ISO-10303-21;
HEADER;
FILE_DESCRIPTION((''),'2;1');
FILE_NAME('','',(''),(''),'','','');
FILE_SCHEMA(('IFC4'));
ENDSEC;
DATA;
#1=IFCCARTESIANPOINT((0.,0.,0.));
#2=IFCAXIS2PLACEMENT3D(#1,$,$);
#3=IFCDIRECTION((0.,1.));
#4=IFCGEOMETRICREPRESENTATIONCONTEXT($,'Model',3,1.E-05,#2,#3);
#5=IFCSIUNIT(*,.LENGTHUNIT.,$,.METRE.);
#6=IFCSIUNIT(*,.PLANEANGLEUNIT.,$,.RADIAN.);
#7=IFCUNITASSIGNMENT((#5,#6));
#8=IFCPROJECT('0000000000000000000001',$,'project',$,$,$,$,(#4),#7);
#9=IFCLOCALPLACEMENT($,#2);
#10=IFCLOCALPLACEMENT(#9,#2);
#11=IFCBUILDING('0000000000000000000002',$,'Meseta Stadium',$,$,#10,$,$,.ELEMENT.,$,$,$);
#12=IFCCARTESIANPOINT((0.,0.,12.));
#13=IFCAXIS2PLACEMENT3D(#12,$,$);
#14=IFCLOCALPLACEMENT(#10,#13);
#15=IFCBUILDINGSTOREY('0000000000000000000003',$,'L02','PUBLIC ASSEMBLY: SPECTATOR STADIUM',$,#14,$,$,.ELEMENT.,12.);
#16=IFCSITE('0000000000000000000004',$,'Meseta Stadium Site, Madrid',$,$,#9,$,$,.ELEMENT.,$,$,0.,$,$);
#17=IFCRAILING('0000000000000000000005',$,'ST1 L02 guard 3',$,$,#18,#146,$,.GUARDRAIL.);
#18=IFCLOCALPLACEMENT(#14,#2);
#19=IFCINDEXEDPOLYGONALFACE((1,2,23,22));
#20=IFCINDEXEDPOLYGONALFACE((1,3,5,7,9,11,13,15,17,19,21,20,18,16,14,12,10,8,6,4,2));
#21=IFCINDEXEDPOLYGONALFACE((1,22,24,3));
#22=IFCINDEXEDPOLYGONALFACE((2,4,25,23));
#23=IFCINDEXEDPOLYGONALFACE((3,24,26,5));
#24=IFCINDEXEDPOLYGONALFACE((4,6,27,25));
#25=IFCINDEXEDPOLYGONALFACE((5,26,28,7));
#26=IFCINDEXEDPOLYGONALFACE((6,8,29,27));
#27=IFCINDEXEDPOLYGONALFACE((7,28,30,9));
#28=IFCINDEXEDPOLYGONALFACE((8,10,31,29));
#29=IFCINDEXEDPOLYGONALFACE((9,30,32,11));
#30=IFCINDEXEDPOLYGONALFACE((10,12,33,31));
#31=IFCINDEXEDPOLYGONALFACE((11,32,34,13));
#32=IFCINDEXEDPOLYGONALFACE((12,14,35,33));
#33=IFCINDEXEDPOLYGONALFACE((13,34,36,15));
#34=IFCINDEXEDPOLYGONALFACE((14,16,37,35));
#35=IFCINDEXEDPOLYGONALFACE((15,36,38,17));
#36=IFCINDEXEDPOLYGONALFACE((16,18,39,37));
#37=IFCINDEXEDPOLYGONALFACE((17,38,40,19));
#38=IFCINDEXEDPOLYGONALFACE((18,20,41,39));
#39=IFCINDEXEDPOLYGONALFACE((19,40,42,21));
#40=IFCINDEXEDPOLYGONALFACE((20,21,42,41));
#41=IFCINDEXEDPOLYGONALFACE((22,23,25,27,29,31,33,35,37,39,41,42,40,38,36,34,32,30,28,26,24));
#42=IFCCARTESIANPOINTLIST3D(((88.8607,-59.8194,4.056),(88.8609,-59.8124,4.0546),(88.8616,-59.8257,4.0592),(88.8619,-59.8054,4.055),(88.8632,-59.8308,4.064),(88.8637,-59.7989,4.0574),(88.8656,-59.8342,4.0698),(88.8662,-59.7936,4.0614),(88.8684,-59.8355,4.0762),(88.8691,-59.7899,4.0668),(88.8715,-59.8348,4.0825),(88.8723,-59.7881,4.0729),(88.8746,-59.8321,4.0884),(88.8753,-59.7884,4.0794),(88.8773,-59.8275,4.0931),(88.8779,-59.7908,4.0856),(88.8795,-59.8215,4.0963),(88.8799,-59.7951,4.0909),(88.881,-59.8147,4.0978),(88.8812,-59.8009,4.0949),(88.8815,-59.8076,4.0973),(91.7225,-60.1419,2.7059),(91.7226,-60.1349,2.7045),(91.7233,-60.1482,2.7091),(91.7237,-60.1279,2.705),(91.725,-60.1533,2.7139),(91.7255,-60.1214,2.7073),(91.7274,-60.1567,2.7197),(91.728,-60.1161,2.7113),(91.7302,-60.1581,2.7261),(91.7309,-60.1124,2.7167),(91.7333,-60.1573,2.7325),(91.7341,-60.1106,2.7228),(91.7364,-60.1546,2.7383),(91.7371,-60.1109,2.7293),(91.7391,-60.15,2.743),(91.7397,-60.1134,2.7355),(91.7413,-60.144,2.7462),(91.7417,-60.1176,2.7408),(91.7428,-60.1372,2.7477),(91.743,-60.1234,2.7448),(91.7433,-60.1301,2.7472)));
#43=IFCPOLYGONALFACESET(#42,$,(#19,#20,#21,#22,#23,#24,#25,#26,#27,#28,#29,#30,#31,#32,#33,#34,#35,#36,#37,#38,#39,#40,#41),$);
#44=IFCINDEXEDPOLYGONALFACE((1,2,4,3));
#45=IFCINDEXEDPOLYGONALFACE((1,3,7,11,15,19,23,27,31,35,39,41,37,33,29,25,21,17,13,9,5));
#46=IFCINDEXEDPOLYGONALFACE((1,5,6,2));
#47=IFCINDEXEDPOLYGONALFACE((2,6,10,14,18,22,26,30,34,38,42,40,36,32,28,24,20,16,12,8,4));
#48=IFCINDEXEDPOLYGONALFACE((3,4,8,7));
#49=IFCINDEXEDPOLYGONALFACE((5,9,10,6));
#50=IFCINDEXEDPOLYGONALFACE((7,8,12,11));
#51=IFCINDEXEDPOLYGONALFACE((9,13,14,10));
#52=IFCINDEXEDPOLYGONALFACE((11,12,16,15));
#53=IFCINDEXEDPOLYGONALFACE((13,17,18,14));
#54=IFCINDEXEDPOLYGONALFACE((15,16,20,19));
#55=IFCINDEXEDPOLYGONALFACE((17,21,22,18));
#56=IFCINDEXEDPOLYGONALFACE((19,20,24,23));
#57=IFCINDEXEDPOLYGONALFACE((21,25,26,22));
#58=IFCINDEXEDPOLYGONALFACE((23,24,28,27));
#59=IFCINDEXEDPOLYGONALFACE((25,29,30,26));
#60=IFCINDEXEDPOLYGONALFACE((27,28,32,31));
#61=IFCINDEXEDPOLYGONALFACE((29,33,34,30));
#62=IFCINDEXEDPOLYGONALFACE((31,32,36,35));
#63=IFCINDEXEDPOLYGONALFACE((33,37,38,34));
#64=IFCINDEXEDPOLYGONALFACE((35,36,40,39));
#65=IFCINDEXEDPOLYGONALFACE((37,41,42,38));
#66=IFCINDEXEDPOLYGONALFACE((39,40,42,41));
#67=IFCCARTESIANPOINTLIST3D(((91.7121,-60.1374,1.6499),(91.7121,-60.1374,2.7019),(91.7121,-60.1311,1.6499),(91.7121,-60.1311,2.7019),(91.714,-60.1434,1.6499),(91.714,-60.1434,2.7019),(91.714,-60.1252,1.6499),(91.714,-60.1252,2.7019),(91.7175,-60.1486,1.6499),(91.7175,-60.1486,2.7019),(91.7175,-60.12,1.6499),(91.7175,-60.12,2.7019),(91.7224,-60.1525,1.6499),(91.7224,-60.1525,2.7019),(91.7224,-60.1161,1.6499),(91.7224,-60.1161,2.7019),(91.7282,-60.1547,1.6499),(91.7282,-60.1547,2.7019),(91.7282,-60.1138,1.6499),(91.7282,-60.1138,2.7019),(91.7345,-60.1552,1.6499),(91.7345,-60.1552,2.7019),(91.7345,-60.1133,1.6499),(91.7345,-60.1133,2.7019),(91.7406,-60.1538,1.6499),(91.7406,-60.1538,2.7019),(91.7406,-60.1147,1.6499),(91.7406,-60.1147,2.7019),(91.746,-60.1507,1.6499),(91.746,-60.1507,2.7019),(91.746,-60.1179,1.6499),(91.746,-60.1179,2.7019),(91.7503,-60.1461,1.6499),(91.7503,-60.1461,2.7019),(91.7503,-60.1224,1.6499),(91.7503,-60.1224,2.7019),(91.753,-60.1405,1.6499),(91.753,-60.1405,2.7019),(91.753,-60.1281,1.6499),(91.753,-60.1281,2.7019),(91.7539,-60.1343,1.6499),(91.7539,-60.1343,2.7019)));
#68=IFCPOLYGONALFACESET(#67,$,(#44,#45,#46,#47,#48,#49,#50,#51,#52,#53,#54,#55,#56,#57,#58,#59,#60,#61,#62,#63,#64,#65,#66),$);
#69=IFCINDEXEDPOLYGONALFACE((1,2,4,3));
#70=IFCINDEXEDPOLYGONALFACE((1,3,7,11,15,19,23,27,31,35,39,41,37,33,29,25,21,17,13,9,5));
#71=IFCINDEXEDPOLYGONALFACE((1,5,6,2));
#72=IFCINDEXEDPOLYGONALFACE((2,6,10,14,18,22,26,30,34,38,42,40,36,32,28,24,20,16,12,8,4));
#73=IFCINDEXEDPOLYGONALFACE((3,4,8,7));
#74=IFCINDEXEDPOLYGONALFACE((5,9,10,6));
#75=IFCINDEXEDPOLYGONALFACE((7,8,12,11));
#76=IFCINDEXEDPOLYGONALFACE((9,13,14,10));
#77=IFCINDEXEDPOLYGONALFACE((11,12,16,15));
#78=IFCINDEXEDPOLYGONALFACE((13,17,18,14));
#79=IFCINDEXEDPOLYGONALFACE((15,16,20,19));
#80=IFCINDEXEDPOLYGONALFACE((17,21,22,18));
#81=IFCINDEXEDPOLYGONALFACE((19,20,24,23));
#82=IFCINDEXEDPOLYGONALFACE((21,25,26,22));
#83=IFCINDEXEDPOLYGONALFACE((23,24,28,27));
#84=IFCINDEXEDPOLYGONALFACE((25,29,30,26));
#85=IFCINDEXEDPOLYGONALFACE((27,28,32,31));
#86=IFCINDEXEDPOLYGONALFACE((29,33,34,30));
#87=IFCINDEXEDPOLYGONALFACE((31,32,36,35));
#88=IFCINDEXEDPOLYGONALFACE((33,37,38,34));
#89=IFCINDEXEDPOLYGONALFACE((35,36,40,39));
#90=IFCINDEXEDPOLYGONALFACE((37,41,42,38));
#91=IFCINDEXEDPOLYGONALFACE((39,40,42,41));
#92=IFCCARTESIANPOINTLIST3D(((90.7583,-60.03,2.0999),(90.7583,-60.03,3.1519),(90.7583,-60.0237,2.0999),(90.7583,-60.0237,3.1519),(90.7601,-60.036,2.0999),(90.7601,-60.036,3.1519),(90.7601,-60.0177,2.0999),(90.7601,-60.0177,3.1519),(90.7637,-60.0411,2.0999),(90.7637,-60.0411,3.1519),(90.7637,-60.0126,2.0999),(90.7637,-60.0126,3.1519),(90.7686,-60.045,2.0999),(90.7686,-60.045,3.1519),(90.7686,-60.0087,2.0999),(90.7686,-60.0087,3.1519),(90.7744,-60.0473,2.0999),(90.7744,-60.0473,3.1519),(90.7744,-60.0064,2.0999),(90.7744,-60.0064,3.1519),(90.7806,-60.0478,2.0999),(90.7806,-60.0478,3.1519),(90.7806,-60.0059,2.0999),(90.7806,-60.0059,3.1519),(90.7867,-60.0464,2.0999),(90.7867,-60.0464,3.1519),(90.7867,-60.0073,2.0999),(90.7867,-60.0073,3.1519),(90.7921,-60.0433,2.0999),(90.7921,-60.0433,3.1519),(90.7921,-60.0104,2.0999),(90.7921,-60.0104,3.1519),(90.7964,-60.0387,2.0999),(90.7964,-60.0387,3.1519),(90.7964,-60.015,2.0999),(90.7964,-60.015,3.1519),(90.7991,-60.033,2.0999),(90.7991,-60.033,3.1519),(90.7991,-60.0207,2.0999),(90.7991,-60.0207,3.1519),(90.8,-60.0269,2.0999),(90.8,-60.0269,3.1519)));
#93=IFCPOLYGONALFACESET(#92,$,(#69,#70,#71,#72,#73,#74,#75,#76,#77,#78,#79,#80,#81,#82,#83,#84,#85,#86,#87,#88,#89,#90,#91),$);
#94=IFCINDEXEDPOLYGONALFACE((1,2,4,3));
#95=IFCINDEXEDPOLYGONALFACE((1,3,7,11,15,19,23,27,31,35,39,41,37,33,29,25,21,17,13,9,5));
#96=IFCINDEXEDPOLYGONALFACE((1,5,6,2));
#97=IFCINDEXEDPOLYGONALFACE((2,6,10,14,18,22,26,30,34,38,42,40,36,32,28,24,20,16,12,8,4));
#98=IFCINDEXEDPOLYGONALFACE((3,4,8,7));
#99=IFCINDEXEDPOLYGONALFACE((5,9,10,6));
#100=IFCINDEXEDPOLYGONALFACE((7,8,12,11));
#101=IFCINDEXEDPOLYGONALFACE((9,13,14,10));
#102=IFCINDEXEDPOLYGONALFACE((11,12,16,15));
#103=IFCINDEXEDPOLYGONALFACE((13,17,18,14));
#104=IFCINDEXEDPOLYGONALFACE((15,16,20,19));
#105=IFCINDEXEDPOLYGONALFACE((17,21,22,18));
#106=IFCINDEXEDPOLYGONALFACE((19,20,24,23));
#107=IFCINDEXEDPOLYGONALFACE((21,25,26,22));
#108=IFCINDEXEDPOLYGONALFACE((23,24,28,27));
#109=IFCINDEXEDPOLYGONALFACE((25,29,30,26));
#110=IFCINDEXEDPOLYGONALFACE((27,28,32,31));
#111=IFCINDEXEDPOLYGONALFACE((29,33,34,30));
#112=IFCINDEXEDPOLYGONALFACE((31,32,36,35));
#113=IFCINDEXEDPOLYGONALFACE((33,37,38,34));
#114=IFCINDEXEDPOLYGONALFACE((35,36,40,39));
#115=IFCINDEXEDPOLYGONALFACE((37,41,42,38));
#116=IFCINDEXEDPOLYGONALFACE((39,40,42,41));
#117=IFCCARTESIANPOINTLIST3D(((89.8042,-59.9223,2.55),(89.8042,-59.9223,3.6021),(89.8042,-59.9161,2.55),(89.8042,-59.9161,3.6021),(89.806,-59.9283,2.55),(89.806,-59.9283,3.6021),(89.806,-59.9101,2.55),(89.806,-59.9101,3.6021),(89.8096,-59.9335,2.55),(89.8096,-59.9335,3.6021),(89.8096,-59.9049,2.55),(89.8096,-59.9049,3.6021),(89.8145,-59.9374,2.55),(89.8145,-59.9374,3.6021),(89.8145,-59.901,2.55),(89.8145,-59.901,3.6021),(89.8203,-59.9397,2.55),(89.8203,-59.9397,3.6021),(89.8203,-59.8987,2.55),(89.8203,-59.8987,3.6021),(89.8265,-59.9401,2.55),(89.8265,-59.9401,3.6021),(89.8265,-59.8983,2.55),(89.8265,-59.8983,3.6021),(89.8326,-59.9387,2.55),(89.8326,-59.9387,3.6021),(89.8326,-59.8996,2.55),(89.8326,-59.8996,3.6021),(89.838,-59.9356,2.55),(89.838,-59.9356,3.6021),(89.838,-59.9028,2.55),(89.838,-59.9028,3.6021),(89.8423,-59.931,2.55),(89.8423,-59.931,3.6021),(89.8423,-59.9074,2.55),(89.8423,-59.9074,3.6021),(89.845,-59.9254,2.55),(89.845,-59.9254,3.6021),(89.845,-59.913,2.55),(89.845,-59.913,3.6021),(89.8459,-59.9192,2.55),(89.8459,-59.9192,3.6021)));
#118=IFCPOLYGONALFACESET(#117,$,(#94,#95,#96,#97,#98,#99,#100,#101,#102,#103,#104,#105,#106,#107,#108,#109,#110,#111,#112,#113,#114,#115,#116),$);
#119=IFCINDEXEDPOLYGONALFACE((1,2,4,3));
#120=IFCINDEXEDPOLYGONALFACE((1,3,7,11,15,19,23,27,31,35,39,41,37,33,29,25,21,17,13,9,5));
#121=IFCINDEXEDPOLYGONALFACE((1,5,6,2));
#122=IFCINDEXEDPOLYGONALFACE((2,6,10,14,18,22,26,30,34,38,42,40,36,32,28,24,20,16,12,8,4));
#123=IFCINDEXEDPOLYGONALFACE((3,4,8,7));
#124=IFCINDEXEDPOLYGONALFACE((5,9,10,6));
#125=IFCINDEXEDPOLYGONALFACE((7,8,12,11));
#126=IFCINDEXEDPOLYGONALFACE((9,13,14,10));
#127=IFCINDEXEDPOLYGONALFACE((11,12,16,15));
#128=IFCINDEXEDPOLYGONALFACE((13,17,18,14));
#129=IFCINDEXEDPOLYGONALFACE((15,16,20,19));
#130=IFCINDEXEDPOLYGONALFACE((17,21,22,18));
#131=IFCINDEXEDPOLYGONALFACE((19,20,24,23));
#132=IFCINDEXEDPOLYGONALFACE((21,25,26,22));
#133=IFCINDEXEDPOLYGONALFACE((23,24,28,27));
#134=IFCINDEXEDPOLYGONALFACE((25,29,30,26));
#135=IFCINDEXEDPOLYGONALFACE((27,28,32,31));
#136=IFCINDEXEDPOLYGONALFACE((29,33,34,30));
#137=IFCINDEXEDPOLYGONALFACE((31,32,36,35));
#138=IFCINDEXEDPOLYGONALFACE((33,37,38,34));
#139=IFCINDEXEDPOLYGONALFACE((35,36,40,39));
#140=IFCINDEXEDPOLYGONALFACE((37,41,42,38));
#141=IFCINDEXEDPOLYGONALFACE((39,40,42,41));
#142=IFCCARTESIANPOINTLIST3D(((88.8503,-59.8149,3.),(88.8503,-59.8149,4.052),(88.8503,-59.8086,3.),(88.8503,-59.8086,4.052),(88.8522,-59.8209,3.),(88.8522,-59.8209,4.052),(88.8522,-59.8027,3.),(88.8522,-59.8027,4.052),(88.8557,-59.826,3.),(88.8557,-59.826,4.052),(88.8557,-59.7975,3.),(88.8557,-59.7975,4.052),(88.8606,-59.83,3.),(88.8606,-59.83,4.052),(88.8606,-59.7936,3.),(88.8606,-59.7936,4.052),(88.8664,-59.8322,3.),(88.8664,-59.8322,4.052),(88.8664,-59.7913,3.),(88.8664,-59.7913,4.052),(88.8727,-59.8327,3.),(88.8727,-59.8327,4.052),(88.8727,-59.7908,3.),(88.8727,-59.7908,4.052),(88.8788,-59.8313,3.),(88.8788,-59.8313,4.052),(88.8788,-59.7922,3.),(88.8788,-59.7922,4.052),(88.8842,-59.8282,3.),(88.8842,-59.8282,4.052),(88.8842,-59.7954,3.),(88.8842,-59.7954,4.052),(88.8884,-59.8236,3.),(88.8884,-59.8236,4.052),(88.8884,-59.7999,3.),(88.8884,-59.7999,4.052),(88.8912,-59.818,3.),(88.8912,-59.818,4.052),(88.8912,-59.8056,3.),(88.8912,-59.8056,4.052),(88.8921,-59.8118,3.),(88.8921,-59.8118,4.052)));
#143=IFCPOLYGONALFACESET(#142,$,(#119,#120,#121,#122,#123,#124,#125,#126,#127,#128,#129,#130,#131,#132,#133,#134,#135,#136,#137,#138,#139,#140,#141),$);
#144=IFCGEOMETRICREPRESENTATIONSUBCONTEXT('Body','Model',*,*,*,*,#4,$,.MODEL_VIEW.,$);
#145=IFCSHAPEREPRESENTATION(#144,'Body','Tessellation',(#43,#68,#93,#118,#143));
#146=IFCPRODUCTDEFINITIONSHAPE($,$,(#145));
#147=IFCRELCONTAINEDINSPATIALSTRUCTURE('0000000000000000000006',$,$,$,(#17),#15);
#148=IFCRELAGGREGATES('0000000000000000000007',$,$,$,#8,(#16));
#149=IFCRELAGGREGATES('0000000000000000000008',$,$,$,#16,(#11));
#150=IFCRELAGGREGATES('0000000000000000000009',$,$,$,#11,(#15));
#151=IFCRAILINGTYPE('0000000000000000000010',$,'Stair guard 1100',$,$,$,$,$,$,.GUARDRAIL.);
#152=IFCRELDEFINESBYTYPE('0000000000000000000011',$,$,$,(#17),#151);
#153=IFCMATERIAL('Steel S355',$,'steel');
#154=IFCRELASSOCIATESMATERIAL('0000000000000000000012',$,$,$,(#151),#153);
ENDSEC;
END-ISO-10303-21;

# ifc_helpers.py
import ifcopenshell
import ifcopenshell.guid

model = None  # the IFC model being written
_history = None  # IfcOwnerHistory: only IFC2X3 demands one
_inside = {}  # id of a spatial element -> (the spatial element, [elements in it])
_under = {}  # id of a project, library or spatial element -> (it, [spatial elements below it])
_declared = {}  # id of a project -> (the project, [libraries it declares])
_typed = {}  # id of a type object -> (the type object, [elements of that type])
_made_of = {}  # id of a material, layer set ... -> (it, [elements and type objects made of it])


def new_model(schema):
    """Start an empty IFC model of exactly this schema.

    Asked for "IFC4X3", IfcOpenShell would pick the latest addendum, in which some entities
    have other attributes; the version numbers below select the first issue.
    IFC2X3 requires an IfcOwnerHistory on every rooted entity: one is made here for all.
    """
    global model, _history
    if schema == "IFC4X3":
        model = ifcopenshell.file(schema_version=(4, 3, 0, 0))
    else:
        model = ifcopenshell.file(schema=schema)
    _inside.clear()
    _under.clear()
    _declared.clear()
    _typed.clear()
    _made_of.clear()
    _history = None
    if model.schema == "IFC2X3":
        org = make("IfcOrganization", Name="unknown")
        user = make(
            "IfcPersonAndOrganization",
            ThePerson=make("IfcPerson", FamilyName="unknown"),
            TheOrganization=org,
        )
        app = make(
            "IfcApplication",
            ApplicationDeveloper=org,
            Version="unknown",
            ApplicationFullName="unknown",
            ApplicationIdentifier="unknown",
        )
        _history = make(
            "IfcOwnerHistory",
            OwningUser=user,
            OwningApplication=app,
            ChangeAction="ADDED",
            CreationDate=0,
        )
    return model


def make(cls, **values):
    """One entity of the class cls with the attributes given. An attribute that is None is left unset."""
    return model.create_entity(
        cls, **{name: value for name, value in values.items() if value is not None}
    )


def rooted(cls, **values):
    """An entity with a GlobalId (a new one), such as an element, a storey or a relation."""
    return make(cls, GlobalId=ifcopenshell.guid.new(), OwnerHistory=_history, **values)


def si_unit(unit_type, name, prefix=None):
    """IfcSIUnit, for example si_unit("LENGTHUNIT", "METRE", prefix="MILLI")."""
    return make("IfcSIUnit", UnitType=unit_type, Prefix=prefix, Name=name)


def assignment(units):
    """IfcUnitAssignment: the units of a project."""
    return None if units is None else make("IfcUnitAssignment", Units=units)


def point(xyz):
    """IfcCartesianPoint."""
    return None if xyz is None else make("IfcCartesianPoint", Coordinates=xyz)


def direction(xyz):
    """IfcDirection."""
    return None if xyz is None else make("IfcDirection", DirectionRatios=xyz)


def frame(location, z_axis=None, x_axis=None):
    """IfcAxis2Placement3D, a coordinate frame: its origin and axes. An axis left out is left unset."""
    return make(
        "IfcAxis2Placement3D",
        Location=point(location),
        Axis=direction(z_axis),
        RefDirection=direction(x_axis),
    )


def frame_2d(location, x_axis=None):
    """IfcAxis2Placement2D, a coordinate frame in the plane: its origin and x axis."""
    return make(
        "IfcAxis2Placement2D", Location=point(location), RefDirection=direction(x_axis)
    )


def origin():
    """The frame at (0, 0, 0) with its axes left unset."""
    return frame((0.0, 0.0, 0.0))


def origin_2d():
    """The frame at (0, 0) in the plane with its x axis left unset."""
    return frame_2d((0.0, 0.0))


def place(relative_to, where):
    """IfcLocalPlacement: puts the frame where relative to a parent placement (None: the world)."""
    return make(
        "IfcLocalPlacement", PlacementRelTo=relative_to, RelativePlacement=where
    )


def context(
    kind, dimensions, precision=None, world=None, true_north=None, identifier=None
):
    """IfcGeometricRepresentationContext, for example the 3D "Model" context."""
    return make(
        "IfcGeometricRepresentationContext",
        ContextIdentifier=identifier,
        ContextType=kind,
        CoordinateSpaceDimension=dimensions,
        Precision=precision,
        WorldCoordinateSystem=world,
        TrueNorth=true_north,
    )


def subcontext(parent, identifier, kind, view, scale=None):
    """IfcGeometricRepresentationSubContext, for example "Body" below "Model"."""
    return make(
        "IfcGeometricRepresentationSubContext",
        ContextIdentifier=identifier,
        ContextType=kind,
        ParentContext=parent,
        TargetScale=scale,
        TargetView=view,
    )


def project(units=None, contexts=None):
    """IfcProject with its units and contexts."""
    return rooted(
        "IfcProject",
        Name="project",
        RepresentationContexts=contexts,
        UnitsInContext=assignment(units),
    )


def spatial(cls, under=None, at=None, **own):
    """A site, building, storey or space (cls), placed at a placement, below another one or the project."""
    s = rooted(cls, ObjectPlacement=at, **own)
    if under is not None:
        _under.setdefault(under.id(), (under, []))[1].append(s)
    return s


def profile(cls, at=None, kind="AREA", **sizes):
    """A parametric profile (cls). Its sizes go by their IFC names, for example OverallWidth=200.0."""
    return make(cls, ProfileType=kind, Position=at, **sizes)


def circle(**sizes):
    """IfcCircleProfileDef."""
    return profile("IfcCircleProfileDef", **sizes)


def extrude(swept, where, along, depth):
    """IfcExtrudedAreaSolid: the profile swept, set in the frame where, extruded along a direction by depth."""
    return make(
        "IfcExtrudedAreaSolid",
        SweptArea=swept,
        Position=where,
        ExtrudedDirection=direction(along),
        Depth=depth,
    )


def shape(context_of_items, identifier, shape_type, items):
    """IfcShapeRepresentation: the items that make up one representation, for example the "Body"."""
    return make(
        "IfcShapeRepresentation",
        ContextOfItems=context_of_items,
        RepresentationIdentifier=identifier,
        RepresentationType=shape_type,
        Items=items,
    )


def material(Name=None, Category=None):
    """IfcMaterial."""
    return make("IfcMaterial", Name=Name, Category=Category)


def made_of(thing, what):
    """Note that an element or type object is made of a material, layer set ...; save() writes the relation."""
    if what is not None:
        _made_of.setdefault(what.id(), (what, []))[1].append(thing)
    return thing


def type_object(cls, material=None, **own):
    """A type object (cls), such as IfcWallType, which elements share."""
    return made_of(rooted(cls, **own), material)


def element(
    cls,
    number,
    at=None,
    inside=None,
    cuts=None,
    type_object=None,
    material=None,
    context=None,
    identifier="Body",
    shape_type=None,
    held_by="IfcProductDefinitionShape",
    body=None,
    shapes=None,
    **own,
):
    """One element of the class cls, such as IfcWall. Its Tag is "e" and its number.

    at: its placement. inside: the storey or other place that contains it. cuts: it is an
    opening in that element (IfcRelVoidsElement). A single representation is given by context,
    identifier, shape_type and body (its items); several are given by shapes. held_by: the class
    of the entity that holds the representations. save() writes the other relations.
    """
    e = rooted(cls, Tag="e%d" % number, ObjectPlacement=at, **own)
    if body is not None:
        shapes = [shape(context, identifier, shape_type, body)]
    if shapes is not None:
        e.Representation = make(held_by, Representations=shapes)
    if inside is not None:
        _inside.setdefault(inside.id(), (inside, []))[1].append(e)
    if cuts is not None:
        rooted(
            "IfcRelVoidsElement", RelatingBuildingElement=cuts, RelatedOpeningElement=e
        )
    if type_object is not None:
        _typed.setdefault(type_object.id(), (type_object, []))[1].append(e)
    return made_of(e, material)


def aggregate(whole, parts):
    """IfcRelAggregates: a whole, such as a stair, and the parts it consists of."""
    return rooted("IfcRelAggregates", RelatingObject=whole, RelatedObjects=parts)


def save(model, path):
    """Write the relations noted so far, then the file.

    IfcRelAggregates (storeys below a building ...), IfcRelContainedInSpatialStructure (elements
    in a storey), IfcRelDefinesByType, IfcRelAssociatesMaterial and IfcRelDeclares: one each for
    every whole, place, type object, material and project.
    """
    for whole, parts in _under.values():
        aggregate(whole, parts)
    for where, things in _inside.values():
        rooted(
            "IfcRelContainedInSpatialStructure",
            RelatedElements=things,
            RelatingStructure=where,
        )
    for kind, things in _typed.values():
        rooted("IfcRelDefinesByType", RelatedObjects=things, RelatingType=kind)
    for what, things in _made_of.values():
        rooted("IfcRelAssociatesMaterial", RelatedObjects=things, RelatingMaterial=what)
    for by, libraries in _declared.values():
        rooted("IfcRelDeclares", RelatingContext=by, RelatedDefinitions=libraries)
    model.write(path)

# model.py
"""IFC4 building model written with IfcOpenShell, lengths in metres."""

from ifc_helpers import new_model, si_unit, direction, frame, origin, origin_2d, place, context, subcontext, project, spatial, circle, extrude, material, type_object, element, save


model = new_model("IFC4")

# Units and contexts
model_context = context("Model", 3, precision=1e-05, world=origin(), true_north=direction((0.0, 1.0)))
body_context = subcontext(model_context, "Body", "Model", "MODEL_VIEW")
ifc_project = project(units=[si_unit("LENGTHUNIT", "METRE"), si_unit("PLANEANGLEUNIT", "RADIAN")], contexts=[model_context])

# Site, building, storey
site_placement = place(None, origin())
site = spatial("IfcSite", under=ifc_project, at=site_placement, Name="Meseta Stadium Site, Madrid", CompositionType="ELEMENT", RefElevation=0.0)
building_placement = place(site_placement, origin())
building = spatial("IfcBuilding", under=site, at=building_placement, Name="Meseta Stadium", CompositionType="ELEMENT")
storey_placement = place(building_placement, frame((0.0, 0.0, 12.0)))
storey = spatial("IfcBuildingStorey", under=building, at=storey_placement, Name="L02", Description="PUBLIC ASSEMBLY: SPECTATOR STADIUM", CompositionType="ELEMENT", Elevation=12.0)

# Railing
ifc_material_1 = material(Name="Steel S355", Category="steel")
railing_type_1 = type_object("IfcRailingType", Name="Stair guard 1100", PredefinedType="GUARDRAIL", material=ifc_material_1)
railing_1_placement = place(storey_placement, frame((91.7329, -60.1343, 1.6499)))
element("IfcRailing", 1, at=railing_1_placement, inside=storey, type_object=railing_type_1, Name="ST1 L02 guard 3", PredefinedType="GUARDRAIL", context=body_context, shape_type="SweptSolid", body=[
    extrude(circle(Radius=0.0239, at=origin_2d()), frame((0.0, 0.0, 1.0762), z_axis=(-0.899748, 0.101396, 0.424467), x_axis=(-0.111985, -0.99371, 0.0)), (0.0, 0.0, 1.0), 3.1807),
    extrude(circle(Radius=0.021, at=origin_2d()), origin(), (0.0, 0.0, 1.0), 1.052),
    extrude(circle(Radius=0.021, at=origin_2d()), frame((-0.9539, 0.1074, 0.45)), (0.0, 0.0, 1.0), 1.052),
    extrude(circle(Radius=0.021, at=origin_2d()), frame((-1.908, 0.2151, 0.9001)), (0.0, 0.0, 1.0), 1.052),
    extrude(circle(Radius=0.021, at=origin_2d()), frame((-2.8618, 0.3225, 1.3501)), (0.0, 0.0, 1.0), 1.052),
])

save(model, "model.ifc")
